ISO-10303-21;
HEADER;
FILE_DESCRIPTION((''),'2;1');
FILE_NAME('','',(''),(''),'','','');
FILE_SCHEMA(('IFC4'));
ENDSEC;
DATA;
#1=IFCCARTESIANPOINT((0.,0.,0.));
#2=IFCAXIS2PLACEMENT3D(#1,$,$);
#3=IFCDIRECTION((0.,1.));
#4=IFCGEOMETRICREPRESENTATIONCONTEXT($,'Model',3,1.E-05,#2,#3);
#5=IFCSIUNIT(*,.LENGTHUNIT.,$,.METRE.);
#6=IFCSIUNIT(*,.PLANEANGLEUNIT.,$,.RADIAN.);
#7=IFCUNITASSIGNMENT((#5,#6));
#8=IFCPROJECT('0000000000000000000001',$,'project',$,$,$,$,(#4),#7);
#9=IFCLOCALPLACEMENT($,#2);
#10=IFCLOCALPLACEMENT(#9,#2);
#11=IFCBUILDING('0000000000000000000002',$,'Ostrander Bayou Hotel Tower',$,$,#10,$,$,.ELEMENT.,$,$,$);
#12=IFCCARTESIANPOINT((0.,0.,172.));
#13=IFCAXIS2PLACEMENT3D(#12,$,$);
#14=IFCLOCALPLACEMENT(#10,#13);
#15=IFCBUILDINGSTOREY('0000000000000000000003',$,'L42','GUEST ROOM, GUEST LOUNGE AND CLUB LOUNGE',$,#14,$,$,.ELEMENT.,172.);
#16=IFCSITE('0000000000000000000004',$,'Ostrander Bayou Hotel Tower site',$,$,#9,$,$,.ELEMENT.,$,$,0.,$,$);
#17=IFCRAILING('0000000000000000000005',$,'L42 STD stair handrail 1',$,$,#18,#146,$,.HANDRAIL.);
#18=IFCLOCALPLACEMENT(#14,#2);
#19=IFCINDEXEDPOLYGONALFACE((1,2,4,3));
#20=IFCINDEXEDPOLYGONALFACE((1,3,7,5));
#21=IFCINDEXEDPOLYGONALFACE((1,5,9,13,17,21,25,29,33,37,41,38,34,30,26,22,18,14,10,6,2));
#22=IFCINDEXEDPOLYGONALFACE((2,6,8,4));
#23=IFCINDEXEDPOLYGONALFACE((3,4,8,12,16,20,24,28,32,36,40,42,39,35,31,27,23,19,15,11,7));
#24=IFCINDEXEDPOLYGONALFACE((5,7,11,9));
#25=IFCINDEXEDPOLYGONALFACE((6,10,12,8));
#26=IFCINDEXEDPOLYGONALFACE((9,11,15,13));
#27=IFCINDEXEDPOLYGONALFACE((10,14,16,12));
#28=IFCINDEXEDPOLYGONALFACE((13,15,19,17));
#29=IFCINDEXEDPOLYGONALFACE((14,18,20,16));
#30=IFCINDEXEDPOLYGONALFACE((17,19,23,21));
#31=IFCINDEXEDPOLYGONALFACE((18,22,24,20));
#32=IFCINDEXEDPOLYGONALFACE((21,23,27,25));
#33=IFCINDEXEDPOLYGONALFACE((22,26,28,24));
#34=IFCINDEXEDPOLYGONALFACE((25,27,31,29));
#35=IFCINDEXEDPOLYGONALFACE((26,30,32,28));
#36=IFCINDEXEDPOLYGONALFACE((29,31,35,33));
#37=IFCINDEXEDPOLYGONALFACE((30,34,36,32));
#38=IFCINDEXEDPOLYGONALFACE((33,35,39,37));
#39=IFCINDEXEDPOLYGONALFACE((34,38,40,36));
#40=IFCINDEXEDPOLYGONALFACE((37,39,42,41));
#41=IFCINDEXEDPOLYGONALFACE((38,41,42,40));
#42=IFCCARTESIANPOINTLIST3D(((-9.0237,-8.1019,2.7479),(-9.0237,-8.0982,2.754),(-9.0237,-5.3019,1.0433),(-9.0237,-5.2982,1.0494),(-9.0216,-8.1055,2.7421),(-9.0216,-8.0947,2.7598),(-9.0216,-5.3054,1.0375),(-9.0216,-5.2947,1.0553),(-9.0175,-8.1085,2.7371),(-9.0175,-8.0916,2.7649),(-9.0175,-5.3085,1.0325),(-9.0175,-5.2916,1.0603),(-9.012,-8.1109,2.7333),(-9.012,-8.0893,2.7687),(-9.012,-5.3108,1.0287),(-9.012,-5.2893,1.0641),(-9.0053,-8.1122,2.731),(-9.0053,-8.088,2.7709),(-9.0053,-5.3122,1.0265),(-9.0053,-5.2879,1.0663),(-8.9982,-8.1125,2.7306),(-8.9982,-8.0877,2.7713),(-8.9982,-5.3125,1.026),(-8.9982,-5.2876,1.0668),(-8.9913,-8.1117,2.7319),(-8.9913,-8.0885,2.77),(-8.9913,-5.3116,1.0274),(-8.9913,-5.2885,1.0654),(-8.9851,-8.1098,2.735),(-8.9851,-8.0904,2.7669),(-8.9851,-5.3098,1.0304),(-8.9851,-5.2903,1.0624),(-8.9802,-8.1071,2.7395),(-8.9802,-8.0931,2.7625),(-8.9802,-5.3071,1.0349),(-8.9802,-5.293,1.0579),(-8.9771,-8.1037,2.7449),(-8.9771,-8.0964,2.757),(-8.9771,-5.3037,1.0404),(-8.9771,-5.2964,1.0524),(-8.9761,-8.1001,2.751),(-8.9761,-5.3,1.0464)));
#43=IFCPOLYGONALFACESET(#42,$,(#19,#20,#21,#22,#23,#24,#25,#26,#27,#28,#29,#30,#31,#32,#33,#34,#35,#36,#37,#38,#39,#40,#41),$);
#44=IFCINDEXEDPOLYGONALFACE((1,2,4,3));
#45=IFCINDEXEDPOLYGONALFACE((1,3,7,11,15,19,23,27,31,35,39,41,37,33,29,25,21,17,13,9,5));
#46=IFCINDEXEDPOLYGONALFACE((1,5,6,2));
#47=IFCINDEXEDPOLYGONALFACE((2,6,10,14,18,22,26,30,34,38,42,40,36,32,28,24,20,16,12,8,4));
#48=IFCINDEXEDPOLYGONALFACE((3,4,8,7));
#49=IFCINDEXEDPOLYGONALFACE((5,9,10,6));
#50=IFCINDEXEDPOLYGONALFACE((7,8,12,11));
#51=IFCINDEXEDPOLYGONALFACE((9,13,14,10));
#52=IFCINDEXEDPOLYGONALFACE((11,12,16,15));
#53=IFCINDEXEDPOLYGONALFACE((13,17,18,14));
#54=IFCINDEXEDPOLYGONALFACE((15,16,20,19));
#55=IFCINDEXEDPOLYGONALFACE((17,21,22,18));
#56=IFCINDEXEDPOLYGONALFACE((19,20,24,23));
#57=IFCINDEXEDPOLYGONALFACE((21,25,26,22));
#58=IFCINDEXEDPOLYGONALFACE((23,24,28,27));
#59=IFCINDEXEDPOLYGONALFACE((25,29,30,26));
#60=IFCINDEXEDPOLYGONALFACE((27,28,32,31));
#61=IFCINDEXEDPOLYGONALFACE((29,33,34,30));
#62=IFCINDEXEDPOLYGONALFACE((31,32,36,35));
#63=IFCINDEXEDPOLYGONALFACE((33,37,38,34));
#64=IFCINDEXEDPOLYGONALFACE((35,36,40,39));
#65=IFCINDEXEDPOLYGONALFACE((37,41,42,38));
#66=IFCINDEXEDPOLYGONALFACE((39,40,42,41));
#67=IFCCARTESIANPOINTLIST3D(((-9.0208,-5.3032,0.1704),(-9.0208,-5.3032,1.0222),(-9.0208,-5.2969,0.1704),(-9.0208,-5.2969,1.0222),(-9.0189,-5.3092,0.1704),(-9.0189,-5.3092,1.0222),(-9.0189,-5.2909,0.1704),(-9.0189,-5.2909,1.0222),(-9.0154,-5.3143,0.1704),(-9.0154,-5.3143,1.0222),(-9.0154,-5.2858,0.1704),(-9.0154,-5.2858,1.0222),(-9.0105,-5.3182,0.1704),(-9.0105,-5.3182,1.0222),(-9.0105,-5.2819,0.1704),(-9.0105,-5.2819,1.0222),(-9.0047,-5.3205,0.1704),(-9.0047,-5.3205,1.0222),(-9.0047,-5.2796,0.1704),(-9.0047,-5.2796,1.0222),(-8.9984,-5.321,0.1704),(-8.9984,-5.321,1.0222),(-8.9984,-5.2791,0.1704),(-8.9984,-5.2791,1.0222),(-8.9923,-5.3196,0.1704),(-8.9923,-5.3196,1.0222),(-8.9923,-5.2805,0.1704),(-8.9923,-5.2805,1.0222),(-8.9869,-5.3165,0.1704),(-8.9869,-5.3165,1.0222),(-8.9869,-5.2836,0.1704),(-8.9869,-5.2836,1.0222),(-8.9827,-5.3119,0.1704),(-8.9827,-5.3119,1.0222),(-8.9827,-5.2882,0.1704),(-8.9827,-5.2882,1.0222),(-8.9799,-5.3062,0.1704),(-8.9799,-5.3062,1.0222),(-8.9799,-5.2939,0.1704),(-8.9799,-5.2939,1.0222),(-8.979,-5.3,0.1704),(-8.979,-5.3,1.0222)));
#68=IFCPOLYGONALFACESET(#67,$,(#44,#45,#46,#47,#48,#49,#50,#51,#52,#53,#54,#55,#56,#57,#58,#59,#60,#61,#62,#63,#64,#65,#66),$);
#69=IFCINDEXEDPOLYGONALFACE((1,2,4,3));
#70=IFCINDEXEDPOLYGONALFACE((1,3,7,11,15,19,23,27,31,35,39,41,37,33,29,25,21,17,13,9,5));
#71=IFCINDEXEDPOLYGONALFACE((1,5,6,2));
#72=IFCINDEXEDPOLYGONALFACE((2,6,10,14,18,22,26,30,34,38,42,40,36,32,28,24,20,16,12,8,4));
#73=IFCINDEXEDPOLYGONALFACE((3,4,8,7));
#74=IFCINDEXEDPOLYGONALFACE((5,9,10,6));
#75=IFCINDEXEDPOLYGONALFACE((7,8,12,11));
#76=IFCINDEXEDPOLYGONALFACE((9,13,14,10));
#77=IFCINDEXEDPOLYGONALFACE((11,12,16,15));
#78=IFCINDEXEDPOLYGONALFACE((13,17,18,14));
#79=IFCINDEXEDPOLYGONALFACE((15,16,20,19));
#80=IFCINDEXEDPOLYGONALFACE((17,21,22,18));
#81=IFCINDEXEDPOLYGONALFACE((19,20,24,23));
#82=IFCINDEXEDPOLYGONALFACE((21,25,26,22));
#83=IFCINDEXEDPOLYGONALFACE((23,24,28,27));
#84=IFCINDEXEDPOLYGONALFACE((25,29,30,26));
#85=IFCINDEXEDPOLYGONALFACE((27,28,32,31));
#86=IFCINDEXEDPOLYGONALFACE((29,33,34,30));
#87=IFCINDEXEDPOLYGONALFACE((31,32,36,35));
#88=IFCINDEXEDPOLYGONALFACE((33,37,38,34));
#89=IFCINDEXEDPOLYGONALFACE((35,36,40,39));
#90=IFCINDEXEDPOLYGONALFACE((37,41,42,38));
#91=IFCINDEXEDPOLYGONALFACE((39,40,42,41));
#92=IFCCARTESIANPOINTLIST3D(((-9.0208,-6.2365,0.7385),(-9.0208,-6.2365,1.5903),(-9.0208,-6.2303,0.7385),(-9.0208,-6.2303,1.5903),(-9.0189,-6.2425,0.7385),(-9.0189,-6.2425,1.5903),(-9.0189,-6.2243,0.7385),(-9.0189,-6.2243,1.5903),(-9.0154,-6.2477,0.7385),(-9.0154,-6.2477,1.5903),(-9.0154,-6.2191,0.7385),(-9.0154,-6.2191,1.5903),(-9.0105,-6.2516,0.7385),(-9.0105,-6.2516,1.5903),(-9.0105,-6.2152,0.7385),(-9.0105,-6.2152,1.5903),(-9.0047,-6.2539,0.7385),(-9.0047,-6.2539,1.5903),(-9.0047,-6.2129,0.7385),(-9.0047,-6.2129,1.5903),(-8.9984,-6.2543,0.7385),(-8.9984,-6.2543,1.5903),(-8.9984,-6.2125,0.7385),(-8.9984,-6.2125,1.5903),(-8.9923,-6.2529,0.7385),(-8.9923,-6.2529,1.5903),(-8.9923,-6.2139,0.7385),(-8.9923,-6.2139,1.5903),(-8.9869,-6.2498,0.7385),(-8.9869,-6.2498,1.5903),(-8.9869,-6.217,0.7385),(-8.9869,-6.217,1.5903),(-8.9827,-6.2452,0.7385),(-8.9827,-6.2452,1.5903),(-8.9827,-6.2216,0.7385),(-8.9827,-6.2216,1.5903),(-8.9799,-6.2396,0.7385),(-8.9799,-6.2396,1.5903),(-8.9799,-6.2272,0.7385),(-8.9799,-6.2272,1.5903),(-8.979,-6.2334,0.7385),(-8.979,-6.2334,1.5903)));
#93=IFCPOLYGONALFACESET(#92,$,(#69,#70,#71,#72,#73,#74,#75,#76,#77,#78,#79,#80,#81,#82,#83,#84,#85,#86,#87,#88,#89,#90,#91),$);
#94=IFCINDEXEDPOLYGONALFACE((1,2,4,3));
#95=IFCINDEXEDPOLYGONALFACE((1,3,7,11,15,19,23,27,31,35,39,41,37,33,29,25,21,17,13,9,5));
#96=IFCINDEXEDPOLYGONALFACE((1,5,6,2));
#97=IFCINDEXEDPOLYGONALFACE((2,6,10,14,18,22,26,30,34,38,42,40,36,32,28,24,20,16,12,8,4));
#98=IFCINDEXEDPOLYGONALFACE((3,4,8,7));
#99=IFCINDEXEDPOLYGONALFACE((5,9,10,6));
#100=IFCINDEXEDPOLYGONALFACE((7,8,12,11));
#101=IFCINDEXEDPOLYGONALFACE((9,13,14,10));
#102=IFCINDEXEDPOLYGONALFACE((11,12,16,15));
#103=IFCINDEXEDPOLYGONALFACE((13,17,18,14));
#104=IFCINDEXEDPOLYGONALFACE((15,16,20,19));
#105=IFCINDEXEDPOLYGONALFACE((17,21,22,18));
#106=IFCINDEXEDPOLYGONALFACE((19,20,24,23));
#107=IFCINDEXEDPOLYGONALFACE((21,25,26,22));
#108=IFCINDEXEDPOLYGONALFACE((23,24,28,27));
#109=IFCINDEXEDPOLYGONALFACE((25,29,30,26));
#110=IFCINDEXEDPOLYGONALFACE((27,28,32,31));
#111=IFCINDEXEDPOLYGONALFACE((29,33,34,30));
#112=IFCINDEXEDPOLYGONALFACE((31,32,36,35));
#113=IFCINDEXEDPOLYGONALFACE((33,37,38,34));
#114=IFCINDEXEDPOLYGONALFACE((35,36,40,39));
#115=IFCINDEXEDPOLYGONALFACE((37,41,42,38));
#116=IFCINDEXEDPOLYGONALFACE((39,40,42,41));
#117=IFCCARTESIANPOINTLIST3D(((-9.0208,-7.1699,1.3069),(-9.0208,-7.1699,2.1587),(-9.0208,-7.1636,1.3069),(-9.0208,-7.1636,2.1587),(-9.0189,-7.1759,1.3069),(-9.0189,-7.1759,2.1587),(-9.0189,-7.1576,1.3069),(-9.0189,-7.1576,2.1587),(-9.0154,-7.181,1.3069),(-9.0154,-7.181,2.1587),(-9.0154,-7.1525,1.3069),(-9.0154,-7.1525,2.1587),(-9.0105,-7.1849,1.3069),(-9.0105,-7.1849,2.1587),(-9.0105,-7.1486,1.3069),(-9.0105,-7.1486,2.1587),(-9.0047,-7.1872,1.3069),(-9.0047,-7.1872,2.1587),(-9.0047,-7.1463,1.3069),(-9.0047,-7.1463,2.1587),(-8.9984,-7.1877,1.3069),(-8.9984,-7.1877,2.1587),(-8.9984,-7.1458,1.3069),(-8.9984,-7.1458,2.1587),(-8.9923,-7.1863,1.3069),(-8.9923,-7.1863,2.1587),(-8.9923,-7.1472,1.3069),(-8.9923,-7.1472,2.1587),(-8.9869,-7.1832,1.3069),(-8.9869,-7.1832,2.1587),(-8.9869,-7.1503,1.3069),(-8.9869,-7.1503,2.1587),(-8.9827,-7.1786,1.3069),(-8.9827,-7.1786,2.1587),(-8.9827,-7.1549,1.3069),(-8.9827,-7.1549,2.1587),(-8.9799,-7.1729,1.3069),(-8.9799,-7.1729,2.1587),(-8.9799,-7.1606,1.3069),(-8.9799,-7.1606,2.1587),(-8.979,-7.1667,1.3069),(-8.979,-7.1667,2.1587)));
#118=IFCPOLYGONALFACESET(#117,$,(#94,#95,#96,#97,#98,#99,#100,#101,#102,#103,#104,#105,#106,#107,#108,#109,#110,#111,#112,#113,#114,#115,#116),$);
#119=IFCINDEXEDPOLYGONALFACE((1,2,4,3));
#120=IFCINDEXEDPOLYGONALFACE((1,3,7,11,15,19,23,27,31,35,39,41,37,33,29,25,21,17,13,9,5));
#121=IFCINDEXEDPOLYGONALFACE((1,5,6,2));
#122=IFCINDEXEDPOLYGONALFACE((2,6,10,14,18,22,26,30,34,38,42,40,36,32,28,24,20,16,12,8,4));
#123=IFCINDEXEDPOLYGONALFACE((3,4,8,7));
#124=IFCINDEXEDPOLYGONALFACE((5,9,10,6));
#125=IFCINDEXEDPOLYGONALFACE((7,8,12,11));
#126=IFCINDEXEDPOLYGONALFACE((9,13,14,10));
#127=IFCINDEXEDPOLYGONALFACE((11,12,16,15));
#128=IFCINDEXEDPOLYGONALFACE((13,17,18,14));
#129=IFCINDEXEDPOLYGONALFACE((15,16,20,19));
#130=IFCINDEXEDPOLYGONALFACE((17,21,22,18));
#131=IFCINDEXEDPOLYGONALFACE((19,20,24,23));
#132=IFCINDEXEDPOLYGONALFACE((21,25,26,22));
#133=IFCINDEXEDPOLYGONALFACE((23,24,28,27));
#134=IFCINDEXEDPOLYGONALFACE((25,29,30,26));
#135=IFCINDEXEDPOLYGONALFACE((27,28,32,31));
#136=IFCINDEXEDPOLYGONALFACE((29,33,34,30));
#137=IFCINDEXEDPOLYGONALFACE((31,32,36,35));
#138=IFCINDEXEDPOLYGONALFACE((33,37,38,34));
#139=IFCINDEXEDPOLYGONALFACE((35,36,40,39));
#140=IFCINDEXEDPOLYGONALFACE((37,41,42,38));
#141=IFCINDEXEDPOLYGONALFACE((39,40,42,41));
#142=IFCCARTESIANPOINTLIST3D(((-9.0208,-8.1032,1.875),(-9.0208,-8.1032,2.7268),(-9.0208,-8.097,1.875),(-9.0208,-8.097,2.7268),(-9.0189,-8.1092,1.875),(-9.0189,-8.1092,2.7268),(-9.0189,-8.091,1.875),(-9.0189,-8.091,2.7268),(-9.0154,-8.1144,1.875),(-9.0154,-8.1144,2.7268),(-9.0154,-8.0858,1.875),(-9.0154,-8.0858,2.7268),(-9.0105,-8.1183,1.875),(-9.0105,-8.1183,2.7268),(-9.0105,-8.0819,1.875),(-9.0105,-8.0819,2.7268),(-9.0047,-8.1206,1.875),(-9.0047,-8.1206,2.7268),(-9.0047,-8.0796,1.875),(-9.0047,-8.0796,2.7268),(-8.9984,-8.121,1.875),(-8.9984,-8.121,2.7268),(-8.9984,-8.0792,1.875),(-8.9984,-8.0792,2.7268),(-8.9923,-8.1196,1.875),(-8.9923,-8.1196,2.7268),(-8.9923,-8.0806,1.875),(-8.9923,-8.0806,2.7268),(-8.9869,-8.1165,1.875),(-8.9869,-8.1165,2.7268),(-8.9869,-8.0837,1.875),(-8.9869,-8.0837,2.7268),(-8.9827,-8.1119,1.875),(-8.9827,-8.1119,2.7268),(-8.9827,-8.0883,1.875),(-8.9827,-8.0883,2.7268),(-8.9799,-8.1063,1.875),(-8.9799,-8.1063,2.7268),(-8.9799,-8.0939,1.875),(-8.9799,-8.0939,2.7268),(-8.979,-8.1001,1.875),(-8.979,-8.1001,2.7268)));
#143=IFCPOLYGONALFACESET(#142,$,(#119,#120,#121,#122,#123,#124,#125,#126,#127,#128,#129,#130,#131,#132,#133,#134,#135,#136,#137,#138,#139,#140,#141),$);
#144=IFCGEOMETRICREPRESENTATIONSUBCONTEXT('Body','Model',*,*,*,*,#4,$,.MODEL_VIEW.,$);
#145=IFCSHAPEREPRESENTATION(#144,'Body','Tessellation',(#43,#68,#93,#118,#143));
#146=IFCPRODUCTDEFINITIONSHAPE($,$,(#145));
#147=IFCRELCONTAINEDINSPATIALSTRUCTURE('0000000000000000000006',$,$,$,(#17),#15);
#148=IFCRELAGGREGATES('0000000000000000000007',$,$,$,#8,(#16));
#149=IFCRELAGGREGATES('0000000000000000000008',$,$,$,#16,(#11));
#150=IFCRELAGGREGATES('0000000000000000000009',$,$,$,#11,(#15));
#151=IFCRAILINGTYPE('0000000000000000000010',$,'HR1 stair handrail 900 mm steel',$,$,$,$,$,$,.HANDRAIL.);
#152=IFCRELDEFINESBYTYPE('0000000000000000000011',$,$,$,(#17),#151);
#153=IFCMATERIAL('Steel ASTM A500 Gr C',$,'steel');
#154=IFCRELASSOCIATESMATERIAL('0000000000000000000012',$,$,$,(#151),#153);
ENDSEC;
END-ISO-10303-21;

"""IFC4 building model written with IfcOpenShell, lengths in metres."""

from ifc_helpers import new_model, si_unit, direction, frame, origin, origin_2d, place, context, subcontext, project, spatial, circle, extrude, material, type_object, element, save


model = new_model("IFC4")

# Units and contexts
model_context = context("Model", 3, precision=1e-05, world=origin(), true_north=direction((0.0, 1.0)))
body_context = subcontext(model_context, "Body", "Model", "MODEL_VIEW")
ifc_project = project(units=[si_unit("LENGTHUNIT", "METRE"), si_unit("PLANEANGLEUNIT", "RADIAN")], contexts=[model_context])

# Site, building, storey
site_placement = place(None, origin())
site = spatial("IfcSite", under=ifc_project, at=site_placement, Name="Ostrander Bayou Hotel Tower site", CompositionType="ELEMENT", RefElevation=0.0)
building_placement = place(site_placement, origin())
building = spatial("IfcBuilding", under=site, at=building_placement, Name="Ostrander Bayou Hotel Tower", CompositionType="ELEMENT")
storey_placement = place(building_placement, frame((0.0, 0.0, 172.0)))
storey = spatial("IfcBuildingStorey", under=building, at=storey_placement, Name="L42", Description="GUEST ROOM, GUEST LOUNGE AND CLUB LOUNGE", CompositionType="ELEMENT", Elevation=172.0)

# Railing
ifc_material_1 = material(Name="Steel ASTM A500 Gr C", Category="steel")
railing_type_1 = type_object("IfcRailingType", Name="HR1 stair handrail 900 mm steel", PredefinedType="HANDRAIL", material=ifc_material_1)
railing_1_placement = place(storey_placement, frame((-9.0, -5.3, 0.1704)))
element("IfcRailing", 1, at=railing_1_placement, inside=storey, type_object=railing_type_1, Name="L42 STD stair handrail 1", PredefinedType="HANDRAIL", context=body_context, shape_type="SweptSolid", body=[
    extrude(circle(Radius=0.0239, at=origin_2d()), frame((0.0, 0.0, 0.876), z_axis=(0.0, -0.85417, 0.519994), x_axis=(1.0, 0.0, 0.0)), (0.0, 0.0, 1.0), 3.2781),
    extrude(circle(Radius=0.021, at=origin_2d()), origin(), (0.0, 0.0, 1.0), 0.8518),
    extrude(circle(Radius=0.021, at=origin_2d()), frame((0.0, -0.9333, 0.5681)), (0.0, 0.0, 1.0), 0.8518),
    extrude(circle(Radius=0.021, at=origin_2d()), frame((0.0, -1.8667, 1.1365)), (0.0, 0.0, 1.0), 0.8518),
    extrude(circle(Radius=0.021, at=origin_2d()), frame((0.0, -2.8, 1.7046)), (0.0, 0.0, 1.0), 0.8518),
])

save(model, "model.ifc")
